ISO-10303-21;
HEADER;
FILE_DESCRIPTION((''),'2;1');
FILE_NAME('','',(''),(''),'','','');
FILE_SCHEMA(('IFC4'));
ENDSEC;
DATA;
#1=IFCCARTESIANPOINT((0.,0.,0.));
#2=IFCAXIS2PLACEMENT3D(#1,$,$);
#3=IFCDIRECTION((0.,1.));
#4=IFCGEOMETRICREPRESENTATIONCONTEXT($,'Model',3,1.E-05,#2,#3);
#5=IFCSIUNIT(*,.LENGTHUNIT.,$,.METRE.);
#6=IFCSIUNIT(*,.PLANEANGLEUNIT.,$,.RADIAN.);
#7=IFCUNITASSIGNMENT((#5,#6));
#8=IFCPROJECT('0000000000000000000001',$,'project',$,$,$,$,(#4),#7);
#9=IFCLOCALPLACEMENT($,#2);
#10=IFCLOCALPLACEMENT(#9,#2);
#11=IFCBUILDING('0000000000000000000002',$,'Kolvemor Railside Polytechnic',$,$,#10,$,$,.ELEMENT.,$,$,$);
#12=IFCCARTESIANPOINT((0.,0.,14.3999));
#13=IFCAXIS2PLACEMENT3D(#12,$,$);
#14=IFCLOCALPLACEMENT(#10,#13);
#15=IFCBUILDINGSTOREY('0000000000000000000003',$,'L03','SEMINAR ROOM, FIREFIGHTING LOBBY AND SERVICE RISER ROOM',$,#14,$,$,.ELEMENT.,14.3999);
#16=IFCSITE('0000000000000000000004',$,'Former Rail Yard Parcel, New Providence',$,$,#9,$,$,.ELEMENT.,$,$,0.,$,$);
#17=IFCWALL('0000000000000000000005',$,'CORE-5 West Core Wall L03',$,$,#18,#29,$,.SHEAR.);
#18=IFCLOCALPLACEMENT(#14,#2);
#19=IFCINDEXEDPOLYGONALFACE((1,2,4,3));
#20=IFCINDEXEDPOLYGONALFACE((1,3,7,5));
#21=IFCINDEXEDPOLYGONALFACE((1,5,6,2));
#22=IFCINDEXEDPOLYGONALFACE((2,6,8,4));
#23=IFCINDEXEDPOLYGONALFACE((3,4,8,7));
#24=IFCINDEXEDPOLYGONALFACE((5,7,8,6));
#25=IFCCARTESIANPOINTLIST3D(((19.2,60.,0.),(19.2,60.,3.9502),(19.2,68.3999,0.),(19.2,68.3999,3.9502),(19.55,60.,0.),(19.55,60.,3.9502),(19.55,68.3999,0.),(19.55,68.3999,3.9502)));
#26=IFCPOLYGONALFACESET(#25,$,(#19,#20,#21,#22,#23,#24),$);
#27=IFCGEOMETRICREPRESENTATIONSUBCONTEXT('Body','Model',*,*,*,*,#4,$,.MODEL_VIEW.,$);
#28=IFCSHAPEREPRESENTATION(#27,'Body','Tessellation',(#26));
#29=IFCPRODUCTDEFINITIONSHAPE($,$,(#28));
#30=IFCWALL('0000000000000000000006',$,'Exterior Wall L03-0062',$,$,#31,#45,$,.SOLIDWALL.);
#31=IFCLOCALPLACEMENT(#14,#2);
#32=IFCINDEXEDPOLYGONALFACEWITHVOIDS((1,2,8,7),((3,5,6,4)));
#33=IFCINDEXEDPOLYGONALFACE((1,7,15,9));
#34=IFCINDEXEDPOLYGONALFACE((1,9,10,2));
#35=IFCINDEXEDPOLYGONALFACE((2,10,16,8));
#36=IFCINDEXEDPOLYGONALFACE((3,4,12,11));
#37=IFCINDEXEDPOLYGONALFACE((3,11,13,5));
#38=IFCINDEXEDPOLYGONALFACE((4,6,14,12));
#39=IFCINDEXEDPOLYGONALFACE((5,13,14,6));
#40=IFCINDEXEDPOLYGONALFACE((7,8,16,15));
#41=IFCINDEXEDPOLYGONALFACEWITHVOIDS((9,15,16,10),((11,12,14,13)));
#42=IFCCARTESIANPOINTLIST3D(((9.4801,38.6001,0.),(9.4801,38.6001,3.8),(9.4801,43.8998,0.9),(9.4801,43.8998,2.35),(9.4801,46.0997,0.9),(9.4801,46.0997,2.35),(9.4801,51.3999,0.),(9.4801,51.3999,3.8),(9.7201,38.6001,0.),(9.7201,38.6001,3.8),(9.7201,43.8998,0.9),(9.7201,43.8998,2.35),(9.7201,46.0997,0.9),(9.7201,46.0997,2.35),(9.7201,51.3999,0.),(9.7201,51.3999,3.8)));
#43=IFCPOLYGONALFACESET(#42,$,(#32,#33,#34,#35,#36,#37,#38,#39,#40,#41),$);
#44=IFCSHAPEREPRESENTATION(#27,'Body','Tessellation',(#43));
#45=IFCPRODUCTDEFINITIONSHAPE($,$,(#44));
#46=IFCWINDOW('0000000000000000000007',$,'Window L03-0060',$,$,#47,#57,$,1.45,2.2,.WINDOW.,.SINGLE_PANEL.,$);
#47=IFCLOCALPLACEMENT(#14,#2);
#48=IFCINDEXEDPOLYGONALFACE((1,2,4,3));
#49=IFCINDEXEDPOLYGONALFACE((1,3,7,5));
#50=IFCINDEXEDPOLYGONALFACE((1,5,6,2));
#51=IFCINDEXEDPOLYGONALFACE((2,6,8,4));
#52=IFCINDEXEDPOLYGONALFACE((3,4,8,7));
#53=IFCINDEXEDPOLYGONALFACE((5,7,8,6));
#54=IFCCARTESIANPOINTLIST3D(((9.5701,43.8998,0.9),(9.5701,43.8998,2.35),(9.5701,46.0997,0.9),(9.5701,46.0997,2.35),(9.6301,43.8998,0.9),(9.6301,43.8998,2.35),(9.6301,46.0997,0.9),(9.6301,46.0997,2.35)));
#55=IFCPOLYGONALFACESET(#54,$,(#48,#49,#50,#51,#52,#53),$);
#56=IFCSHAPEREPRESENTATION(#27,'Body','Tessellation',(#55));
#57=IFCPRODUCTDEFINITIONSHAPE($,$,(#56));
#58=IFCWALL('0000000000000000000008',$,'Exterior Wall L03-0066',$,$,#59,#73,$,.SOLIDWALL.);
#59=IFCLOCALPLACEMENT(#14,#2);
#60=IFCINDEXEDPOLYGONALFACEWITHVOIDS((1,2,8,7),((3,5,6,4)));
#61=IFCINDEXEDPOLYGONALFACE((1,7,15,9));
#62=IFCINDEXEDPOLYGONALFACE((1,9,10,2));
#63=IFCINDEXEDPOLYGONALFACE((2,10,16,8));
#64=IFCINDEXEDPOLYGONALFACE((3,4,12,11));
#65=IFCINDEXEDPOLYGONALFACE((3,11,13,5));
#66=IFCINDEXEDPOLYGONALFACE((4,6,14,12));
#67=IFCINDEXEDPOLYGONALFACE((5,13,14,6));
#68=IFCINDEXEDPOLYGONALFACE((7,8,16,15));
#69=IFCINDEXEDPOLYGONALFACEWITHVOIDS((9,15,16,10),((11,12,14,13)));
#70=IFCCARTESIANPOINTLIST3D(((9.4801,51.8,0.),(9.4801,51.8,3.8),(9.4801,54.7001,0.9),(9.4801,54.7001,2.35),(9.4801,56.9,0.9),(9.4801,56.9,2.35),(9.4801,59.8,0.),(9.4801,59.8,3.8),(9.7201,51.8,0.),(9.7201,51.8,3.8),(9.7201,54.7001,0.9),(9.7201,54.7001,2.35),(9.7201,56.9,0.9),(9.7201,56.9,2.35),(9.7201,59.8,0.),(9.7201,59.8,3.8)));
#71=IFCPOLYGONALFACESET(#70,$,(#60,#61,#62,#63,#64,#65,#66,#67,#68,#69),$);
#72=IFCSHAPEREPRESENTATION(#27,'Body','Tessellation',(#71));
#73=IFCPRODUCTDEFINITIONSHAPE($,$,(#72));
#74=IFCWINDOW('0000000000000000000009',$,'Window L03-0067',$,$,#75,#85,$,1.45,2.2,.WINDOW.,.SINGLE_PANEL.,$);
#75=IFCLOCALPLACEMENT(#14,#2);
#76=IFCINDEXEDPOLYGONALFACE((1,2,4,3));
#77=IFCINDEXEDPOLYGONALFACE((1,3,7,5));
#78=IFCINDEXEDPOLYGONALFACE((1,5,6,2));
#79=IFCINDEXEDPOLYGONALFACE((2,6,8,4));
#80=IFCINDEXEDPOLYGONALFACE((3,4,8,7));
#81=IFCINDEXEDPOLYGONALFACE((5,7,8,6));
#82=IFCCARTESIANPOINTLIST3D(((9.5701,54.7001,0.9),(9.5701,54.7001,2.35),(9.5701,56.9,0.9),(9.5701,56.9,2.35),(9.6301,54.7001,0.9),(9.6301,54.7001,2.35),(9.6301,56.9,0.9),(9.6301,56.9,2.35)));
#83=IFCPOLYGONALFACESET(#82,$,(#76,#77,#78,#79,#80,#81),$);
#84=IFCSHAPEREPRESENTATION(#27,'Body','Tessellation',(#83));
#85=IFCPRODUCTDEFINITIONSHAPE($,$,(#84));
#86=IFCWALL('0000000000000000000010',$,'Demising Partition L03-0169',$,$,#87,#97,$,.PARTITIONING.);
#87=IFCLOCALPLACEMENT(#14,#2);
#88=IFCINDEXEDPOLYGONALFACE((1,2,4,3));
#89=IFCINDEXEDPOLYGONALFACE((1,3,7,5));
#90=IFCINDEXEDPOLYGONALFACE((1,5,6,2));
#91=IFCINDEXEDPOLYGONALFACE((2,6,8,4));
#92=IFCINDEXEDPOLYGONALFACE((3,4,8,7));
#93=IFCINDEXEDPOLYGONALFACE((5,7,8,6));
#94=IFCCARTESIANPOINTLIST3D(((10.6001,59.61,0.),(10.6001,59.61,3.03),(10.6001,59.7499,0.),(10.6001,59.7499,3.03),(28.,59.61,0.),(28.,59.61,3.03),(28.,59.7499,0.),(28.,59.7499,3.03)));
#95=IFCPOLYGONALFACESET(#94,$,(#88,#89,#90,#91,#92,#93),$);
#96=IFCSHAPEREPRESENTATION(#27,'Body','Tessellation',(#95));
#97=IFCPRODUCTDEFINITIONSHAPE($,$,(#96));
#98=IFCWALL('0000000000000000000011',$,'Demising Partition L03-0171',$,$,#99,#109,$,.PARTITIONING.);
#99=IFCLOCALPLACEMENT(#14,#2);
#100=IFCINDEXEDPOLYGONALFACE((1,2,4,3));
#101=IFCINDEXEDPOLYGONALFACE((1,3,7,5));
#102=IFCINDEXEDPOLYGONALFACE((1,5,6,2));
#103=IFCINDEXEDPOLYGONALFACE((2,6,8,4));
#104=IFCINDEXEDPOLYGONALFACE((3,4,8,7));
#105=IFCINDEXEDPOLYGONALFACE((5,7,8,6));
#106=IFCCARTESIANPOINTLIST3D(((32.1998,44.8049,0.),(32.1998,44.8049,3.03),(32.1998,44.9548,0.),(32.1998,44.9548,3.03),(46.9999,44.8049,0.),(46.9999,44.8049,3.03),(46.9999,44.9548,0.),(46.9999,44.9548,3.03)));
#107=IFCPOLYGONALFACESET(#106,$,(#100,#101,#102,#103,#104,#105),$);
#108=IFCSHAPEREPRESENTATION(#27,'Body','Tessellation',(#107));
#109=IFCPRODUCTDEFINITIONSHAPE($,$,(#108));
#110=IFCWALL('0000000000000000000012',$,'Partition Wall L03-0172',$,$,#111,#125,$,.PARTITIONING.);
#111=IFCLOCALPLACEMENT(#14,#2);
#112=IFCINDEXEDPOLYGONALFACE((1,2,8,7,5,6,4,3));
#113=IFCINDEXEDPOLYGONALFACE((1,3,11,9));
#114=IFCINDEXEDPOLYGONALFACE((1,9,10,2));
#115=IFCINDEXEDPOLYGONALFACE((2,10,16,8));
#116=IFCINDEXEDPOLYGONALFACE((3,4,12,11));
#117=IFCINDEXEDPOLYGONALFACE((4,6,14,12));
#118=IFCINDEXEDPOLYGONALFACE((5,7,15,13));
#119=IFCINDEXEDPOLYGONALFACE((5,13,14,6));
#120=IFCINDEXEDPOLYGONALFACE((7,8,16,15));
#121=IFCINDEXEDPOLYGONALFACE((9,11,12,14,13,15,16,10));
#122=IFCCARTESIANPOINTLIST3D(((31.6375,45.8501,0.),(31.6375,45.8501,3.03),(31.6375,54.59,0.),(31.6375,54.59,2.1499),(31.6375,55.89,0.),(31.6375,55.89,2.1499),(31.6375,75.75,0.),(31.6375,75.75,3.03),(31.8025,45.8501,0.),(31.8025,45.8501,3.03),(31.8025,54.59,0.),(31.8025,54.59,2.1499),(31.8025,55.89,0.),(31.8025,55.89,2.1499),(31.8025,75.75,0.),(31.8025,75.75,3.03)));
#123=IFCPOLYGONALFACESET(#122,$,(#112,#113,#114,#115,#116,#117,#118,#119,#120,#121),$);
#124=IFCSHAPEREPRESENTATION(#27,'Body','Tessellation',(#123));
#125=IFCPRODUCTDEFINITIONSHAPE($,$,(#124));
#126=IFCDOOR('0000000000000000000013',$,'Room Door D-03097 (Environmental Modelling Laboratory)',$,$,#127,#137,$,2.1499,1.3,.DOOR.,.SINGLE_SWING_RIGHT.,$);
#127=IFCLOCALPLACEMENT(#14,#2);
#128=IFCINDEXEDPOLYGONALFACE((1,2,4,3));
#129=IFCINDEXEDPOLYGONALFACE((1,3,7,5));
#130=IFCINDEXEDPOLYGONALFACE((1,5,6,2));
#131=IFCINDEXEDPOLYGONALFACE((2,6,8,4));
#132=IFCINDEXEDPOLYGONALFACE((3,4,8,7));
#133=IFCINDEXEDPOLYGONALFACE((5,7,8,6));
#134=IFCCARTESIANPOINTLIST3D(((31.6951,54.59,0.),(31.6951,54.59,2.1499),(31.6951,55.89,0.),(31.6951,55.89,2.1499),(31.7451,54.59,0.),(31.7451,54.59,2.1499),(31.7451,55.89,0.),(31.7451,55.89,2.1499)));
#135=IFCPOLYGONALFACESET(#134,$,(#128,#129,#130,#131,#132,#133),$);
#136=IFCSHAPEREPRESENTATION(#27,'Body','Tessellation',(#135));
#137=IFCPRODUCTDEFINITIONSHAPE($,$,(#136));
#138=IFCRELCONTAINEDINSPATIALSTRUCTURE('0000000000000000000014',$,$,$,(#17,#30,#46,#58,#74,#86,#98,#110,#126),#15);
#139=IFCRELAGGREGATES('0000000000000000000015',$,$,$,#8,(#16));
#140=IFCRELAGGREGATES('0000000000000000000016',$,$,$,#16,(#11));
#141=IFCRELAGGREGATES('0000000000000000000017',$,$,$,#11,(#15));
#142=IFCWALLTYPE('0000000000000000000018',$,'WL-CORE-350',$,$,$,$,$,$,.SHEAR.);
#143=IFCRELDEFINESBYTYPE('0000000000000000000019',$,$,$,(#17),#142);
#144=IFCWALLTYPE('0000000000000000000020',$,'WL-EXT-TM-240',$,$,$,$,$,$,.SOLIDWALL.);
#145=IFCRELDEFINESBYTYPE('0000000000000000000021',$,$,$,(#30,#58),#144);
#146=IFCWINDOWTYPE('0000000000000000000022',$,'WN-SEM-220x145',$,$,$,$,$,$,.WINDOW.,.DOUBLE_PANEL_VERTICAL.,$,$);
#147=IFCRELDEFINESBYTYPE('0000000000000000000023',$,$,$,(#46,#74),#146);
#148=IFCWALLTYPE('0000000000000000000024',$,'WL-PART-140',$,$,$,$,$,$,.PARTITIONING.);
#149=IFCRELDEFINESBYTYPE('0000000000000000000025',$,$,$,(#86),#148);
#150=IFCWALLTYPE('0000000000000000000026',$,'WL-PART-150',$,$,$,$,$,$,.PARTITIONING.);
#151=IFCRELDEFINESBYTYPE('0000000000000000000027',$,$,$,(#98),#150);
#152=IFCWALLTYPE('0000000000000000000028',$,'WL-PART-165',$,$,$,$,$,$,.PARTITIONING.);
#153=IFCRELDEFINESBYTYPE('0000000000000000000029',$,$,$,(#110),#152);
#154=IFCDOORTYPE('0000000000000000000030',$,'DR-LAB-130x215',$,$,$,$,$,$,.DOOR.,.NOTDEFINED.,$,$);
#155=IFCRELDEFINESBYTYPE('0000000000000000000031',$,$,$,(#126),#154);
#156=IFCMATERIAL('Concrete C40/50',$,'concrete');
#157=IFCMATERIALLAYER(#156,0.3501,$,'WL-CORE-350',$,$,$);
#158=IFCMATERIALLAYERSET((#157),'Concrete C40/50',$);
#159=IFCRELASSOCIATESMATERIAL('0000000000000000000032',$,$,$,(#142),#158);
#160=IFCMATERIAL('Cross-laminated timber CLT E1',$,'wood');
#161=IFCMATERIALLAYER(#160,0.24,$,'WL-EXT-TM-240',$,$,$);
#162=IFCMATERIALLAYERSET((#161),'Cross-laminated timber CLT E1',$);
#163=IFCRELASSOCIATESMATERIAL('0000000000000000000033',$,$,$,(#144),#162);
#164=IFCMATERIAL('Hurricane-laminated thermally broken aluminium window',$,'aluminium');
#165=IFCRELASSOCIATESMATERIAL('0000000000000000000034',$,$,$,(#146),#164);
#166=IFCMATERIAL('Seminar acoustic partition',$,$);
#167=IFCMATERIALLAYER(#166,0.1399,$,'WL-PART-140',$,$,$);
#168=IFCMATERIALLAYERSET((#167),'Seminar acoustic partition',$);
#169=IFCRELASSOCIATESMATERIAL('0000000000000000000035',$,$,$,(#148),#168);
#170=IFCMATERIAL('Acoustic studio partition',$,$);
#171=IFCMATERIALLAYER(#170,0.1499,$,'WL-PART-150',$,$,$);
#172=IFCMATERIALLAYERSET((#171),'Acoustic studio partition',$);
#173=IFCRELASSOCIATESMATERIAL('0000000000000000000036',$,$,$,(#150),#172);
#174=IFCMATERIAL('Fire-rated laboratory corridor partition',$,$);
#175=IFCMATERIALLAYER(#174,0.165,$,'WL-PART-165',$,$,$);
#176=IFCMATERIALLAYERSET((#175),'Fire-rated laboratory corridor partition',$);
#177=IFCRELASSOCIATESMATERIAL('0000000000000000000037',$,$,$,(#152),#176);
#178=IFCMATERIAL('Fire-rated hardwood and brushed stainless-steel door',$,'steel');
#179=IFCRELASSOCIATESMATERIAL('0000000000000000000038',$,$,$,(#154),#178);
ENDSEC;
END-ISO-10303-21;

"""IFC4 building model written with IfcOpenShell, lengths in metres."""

from ifc_helpers import new_model, si_unit, direction, frame, frame_2d, origin, place, context, subcontext, project, spatial, rectangle, extrude, material, layer, layer_set, type_object, element, fill, save


model = new_model("IFC4")

# Units and contexts
model_context = context("Model", 3, precision=1e-05, world=origin(), true_north=direction((0.0, 1.0)))
body_context = subcontext(model_context, "Body", "Model", "MODEL_VIEW")
ifc_project = project(units=[si_unit("LENGTHUNIT", "METRE"), si_unit("PLANEANGLEUNIT", "RADIAN")], contexts=[model_context])

# Site, building, storey
site_placement = place(None, origin())
site = spatial("IfcSite", under=ifc_project, at=site_placement, Name="Former Rail Yard Parcel, New Providence", CompositionType="ELEMENT", RefElevation=0.0)
building_placement = place(site_placement, origin())
building = spatial("IfcBuilding", under=site, at=building_placement, Name="Kolvemor Railside Polytechnic", CompositionType="ELEMENT")
storey_placement = place(building_placement, frame((0.0, 0.0, 14.3999)))
storey = spatial("IfcBuildingStorey", under=building, at=storey_placement, Name="L03", Description="SEMINAR ROOM, FIREFIGHTING LOBBY AND SERVICE RISER ROOM", CompositionType="ELEMENT", Elevation=14.3999)

# Wall
ifc_material_1 = material(Name="Concrete C40/50", Category="concrete")
ifc_layer_1 = layer(ifc_material_1, 0.3501, Name="WL-CORE-350")
ifc_layer_set_1 = layer_set([ifc_layer_1], Name="Concrete C40/50")
wall_type_1 = type_object("IfcWallType", Name="WL-CORE-350", PredefinedType="SHEAR", material=ifc_layer_set_1)
wall_1_placement = place(storey_placement, frame((19.375, 60.0, 0.0), z_axis=(0.0, 0.0, 1.0), x_axis=(0.0, 1.0, 0.0)))
element("IfcWall", 1, at=wall_1_placement, inside=storey, type_object=wall_type_1, Name="CORE-5 West Core Wall L03", PredefinedType="SHEAR", context=body_context, shape_type="SweptSolid", body=[
    extrude(rectangle(XDim=8.3999, YDim=0.3501, at=frame_2d((4.2, 0.0))), origin(), (0.0, 0.0, 1.0), 3.9502),
])

# Walls, openings, windows
ifc_material_2 = material(Name="Cross-laminated timber CLT E1", Category="wood")
ifc_layer_2 = layer(ifc_material_2, 0.24, Name="WL-EXT-TM-240")
ifc_layer_set_2 = layer_set([ifc_layer_2], Name="Cross-laminated timber CLT E1")
wall_type_2 = type_object("IfcWallType", Name="WL-EXT-TM-240", PredefinedType="SOLIDWALL", material=ifc_layer_set_2)
wall_2_placement = place(storey_placement, frame((9.6001, 51.3999, 0.0), z_axis=(0.0, 0.0, 1.0), x_axis=(0.0, -1.0, 0.0)))
wall_2 = element("IfcWall", 2, at=wall_2_placement, inside=storey, type_object=wall_type_2, Name="Exterior Wall L03-0062", PredefinedType="SOLIDWALL", context=body_context, shape_type="SweptSolid", body=[
    extrude(rectangle(XDim=12.7998, YDim=0.24, at=frame_2d((6.3999, 0.0))), origin(), (0.0, 0.0, 1.0), 3.8),
])
opening_1_placement = place(wall_2_placement, frame((5.3, 0.0, 0.8999)))
opening_1 = element("IfcOpeningElement", 3, at=opening_1_placement, cuts=wall_2, PredefinedType="OPENING", context=body_context, shape_type="SweptSolid", body=[
    extrude(rectangle(XDim=2.2, YDim=1.45, at=frame_2d((1.1001, 0.7251))), frame((0.0, 0.1299, 0.0), z_axis=(0.0, -1.0, 0.0), x_axis=(1.0, 0.0, 0.0)), (0.0, 0.0, 1.0), 0.26),
])
ifc_material_3 = material(Name="Hurricane-laminated thermally broken aluminium window", Category="aluminium")
window_type = type_object("IfcWindowType", Name="WN-SEM-220x145", PartitioningType="DOUBLE_PANEL_VERTICAL", PredefinedType="WINDOW", material=ifc_material_3)
window_1_placement = place(opening_1_placement, origin())
window_1 = element("IfcWindow", 4, at=window_1_placement, inside=storey, type_object=window_type, Name="Window L03-0060", OverallHeight=1.45, OverallWidth=2.2, PartitioningType="SINGLE_PANEL", PredefinedType="WINDOW", context=body_context, shape_type="SweptSolid", body=[
    extrude(rectangle(XDim=2.2, YDim=1.45, at=frame_2d((1.1001, 0.7251))), frame((0.0, 0.03, 0.0), z_axis=(0.0, -1.0, 0.0), x_axis=(1.0, 0.0, 0.0)), (0.0, 0.0, 1.0), 0.0601),
])
fill(opening_1, window_1)
wall_3_placement = place(storey_placement, frame((9.6001, 59.8, 0.0), z_axis=(0.0, 0.0, 1.0), x_axis=(0.0, -1.0, 0.0)))
wall_3 = element("IfcWall", 5, at=wall_3_placement, inside=storey, type_object=wall_type_2, Name="Exterior Wall L03-0066", PredefinedType="SOLIDWALL", context=body_context, shape_type="SweptSolid", body=[
    extrude(rectangle(XDim=8.0, YDim=0.24, at=frame_2d((4.0, 0.0))), origin(), (0.0, 0.0, 1.0), 3.8),
])
opening_2_placement = place(wall_3_placement, frame((2.8999, 0.0, 0.8999)))
opening_2 = element("IfcOpeningElement", 6, at=opening_2_placement, cuts=wall_3, PredefinedType="OPENING", context=body_context, shape_type="SweptSolid", body=[
    extrude(rectangle(XDim=2.2, YDim=1.45, at=frame_2d((1.1001, 0.7251))), frame((0.0, 0.1299, 0.0), z_axis=(0.0, -1.0, 0.0), x_axis=(1.0, 0.0, 0.0)), (0.0, 0.0, 1.0), 0.26),
])
window_2_placement = place(opening_2_placement, origin())
window_2 = element("IfcWindow", 7, at=window_2_placement, inside=storey, type_object=window_type, Name="Window L03-0067", OverallHeight=1.45, OverallWidth=2.2, PartitioningType="SINGLE_PANEL", PredefinedType="WINDOW", context=body_context, shape_type="SweptSolid", body=[
    extrude(rectangle(XDim=2.2, YDim=1.45, at=frame_2d((1.1001, 0.7251))), frame((0.0, 0.03, 0.0), z_axis=(0.0, -1.0, 0.0), x_axis=(1.0, 0.0, 0.0)), (0.0, 0.0, 1.0), 0.0601),
])
fill(opening_2, window_2)

# Walls
ifc_material_4 = material(Name="Seminar acoustic partition")
ifc_layer_3 = layer(ifc_material_4, 0.1399, Name="WL-PART-140")
ifc_layer_set_3 = layer_set([ifc_layer_3], Name="Seminar acoustic partition")
wall_type_3 = type_object("IfcWallType", Name="WL-PART-140", PredefinedType="PARTITIONING", material=ifc_layer_set_3)
wall_4_placement = place(storey_placement, frame((10.6001, 59.6799, 0.0), z_axis=(0.0, 0.0, 1.0), x_axis=(1.0, 0.0, 0.0)))
element("IfcWall", 8, at=wall_4_placement, inside=storey, type_object=wall_type_3, Name="Demising Partition L03-0169", PredefinedType="PARTITIONING", context=body_context, shape_type="SweptSolid", body=[
    extrude(rectangle(XDim=17.3999, YDim=0.1399, at=frame_2d((8.7, 0.0))), origin(), (0.0, 0.0, 1.0), 3.03),
])
ifc_material_5 = material(Name="Acoustic studio partition")
ifc_layer_4 = layer(ifc_material_5, 0.1499, Name="WL-PART-150")
ifc_layer_set_4 = layer_set([ifc_layer_4], Name="Acoustic studio partition")
wall_type_4 = type_object("IfcWallType", Name="WL-PART-150", PredefinedType="PARTITIONING", material=ifc_layer_set_4)
wall_5_placement = place(storey_placement, frame((32.2, 44.8799, 0.0), z_axis=(0.0, 0.0, 1.0), x_axis=(1.0, 0.0, 0.0)))
element("IfcWall", 9, at=wall_5_placement, inside=storey, type_object=wall_type_4, Name="Demising Partition L03-0171", PredefinedType="PARTITIONING", context=body_context, shape_type="SweptSolid", body=[
    extrude(rectangle(XDim=14.8, YDim=0.1499, at=frame_2d((7.3999, 0.0))), origin(), (0.0, 0.0, 1.0), 3.03),
])

# Wall, opening, door
ifc_material_6 = material(Name="Fire-rated laboratory corridor partition")
ifc_layer_5 = layer(ifc_material_6, 0.165, Name="WL-PART-165")
ifc_layer_set_5 = layer_set([ifc_layer_5], Name="Fire-rated laboratory corridor partition")
wall_type_5 = type_object("IfcWallType", Name="WL-PART-165", PredefinedType="PARTITIONING", material=ifc_layer_set_5)
wall_6_placement = place(storey_placement, frame((31.72, 45.8501, 0.0), z_axis=(0.0, 0.0, 1.0), x_axis=(0.0, 1.0, 0.0)))
wall_6 = element("IfcWall", 10, at=wall_6_placement, inside=storey, type_object=wall_type_5, Name="Partition Wall L03-0172", PredefinedType="PARTITIONING", context=body_context, shape_type="SweptSolid", body=[
    extrude(rectangle(XDim=29.8999, YDim=0.165, at=frame_2d((14.95, 0.0))), origin(), (0.0, 0.0, 1.0), 3.03),
])
opening_3_placement = place(wall_6_placement, frame((8.74, 0.0, 0.0)))
opening_3 = element("IfcOpeningElement", 11, at=opening_3_placement, cuts=wall_6, PredefinedType="OPENING", context=body_context, shape_type="SweptSolid", body=[
    extrude(rectangle(XDim=1.3, YDim=2.1499, at=frame_2d((0.6499, 1.075))), frame((0.0, 0.0925, 0.0), z_axis=(0.0, -1.0, 0.0), x_axis=(1.0, 0.0, 0.0)), (0.0, 0.0, 1.0), 0.1851),
])
ifc_material_7 = material(Name="Fire-rated hardwood and brushed stainless-steel door", Category="steel")
door_type_1 = type_object("IfcDoorType", Name="DR-LAB-130x215", OperationType="NOTDEFINED", PredefinedType="DOOR", material=ifc_material_7)
door_1_placement = place(opening_3_placement, origin())
door_1 = element("IfcDoor", 12, at=door_1_placement, inside=storey, type_object=door_type_1, Name="Room Door D-03097 (Environmental Modelling Laboratory)", OperationType="SINGLE_SWING_RIGHT", OverallHeight=2.1499, OverallWidth=1.3, PredefinedType="DOOR", context=body_context, shape_type="SweptSolid", body=[
    extrude(rectangle(XDim=1.3, YDim=2.1499, at=frame_2d((0.6499, 1.075))), frame((0.0, 0.0249, 0.0), z_axis=(0.0, -1.0, 0.0), x_axis=(1.0, 0.0, 0.0)), (0.0, 0.0, 1.0), 0.05),
])
fill(opening_3, door_1)

save(model, "model.ifc")
